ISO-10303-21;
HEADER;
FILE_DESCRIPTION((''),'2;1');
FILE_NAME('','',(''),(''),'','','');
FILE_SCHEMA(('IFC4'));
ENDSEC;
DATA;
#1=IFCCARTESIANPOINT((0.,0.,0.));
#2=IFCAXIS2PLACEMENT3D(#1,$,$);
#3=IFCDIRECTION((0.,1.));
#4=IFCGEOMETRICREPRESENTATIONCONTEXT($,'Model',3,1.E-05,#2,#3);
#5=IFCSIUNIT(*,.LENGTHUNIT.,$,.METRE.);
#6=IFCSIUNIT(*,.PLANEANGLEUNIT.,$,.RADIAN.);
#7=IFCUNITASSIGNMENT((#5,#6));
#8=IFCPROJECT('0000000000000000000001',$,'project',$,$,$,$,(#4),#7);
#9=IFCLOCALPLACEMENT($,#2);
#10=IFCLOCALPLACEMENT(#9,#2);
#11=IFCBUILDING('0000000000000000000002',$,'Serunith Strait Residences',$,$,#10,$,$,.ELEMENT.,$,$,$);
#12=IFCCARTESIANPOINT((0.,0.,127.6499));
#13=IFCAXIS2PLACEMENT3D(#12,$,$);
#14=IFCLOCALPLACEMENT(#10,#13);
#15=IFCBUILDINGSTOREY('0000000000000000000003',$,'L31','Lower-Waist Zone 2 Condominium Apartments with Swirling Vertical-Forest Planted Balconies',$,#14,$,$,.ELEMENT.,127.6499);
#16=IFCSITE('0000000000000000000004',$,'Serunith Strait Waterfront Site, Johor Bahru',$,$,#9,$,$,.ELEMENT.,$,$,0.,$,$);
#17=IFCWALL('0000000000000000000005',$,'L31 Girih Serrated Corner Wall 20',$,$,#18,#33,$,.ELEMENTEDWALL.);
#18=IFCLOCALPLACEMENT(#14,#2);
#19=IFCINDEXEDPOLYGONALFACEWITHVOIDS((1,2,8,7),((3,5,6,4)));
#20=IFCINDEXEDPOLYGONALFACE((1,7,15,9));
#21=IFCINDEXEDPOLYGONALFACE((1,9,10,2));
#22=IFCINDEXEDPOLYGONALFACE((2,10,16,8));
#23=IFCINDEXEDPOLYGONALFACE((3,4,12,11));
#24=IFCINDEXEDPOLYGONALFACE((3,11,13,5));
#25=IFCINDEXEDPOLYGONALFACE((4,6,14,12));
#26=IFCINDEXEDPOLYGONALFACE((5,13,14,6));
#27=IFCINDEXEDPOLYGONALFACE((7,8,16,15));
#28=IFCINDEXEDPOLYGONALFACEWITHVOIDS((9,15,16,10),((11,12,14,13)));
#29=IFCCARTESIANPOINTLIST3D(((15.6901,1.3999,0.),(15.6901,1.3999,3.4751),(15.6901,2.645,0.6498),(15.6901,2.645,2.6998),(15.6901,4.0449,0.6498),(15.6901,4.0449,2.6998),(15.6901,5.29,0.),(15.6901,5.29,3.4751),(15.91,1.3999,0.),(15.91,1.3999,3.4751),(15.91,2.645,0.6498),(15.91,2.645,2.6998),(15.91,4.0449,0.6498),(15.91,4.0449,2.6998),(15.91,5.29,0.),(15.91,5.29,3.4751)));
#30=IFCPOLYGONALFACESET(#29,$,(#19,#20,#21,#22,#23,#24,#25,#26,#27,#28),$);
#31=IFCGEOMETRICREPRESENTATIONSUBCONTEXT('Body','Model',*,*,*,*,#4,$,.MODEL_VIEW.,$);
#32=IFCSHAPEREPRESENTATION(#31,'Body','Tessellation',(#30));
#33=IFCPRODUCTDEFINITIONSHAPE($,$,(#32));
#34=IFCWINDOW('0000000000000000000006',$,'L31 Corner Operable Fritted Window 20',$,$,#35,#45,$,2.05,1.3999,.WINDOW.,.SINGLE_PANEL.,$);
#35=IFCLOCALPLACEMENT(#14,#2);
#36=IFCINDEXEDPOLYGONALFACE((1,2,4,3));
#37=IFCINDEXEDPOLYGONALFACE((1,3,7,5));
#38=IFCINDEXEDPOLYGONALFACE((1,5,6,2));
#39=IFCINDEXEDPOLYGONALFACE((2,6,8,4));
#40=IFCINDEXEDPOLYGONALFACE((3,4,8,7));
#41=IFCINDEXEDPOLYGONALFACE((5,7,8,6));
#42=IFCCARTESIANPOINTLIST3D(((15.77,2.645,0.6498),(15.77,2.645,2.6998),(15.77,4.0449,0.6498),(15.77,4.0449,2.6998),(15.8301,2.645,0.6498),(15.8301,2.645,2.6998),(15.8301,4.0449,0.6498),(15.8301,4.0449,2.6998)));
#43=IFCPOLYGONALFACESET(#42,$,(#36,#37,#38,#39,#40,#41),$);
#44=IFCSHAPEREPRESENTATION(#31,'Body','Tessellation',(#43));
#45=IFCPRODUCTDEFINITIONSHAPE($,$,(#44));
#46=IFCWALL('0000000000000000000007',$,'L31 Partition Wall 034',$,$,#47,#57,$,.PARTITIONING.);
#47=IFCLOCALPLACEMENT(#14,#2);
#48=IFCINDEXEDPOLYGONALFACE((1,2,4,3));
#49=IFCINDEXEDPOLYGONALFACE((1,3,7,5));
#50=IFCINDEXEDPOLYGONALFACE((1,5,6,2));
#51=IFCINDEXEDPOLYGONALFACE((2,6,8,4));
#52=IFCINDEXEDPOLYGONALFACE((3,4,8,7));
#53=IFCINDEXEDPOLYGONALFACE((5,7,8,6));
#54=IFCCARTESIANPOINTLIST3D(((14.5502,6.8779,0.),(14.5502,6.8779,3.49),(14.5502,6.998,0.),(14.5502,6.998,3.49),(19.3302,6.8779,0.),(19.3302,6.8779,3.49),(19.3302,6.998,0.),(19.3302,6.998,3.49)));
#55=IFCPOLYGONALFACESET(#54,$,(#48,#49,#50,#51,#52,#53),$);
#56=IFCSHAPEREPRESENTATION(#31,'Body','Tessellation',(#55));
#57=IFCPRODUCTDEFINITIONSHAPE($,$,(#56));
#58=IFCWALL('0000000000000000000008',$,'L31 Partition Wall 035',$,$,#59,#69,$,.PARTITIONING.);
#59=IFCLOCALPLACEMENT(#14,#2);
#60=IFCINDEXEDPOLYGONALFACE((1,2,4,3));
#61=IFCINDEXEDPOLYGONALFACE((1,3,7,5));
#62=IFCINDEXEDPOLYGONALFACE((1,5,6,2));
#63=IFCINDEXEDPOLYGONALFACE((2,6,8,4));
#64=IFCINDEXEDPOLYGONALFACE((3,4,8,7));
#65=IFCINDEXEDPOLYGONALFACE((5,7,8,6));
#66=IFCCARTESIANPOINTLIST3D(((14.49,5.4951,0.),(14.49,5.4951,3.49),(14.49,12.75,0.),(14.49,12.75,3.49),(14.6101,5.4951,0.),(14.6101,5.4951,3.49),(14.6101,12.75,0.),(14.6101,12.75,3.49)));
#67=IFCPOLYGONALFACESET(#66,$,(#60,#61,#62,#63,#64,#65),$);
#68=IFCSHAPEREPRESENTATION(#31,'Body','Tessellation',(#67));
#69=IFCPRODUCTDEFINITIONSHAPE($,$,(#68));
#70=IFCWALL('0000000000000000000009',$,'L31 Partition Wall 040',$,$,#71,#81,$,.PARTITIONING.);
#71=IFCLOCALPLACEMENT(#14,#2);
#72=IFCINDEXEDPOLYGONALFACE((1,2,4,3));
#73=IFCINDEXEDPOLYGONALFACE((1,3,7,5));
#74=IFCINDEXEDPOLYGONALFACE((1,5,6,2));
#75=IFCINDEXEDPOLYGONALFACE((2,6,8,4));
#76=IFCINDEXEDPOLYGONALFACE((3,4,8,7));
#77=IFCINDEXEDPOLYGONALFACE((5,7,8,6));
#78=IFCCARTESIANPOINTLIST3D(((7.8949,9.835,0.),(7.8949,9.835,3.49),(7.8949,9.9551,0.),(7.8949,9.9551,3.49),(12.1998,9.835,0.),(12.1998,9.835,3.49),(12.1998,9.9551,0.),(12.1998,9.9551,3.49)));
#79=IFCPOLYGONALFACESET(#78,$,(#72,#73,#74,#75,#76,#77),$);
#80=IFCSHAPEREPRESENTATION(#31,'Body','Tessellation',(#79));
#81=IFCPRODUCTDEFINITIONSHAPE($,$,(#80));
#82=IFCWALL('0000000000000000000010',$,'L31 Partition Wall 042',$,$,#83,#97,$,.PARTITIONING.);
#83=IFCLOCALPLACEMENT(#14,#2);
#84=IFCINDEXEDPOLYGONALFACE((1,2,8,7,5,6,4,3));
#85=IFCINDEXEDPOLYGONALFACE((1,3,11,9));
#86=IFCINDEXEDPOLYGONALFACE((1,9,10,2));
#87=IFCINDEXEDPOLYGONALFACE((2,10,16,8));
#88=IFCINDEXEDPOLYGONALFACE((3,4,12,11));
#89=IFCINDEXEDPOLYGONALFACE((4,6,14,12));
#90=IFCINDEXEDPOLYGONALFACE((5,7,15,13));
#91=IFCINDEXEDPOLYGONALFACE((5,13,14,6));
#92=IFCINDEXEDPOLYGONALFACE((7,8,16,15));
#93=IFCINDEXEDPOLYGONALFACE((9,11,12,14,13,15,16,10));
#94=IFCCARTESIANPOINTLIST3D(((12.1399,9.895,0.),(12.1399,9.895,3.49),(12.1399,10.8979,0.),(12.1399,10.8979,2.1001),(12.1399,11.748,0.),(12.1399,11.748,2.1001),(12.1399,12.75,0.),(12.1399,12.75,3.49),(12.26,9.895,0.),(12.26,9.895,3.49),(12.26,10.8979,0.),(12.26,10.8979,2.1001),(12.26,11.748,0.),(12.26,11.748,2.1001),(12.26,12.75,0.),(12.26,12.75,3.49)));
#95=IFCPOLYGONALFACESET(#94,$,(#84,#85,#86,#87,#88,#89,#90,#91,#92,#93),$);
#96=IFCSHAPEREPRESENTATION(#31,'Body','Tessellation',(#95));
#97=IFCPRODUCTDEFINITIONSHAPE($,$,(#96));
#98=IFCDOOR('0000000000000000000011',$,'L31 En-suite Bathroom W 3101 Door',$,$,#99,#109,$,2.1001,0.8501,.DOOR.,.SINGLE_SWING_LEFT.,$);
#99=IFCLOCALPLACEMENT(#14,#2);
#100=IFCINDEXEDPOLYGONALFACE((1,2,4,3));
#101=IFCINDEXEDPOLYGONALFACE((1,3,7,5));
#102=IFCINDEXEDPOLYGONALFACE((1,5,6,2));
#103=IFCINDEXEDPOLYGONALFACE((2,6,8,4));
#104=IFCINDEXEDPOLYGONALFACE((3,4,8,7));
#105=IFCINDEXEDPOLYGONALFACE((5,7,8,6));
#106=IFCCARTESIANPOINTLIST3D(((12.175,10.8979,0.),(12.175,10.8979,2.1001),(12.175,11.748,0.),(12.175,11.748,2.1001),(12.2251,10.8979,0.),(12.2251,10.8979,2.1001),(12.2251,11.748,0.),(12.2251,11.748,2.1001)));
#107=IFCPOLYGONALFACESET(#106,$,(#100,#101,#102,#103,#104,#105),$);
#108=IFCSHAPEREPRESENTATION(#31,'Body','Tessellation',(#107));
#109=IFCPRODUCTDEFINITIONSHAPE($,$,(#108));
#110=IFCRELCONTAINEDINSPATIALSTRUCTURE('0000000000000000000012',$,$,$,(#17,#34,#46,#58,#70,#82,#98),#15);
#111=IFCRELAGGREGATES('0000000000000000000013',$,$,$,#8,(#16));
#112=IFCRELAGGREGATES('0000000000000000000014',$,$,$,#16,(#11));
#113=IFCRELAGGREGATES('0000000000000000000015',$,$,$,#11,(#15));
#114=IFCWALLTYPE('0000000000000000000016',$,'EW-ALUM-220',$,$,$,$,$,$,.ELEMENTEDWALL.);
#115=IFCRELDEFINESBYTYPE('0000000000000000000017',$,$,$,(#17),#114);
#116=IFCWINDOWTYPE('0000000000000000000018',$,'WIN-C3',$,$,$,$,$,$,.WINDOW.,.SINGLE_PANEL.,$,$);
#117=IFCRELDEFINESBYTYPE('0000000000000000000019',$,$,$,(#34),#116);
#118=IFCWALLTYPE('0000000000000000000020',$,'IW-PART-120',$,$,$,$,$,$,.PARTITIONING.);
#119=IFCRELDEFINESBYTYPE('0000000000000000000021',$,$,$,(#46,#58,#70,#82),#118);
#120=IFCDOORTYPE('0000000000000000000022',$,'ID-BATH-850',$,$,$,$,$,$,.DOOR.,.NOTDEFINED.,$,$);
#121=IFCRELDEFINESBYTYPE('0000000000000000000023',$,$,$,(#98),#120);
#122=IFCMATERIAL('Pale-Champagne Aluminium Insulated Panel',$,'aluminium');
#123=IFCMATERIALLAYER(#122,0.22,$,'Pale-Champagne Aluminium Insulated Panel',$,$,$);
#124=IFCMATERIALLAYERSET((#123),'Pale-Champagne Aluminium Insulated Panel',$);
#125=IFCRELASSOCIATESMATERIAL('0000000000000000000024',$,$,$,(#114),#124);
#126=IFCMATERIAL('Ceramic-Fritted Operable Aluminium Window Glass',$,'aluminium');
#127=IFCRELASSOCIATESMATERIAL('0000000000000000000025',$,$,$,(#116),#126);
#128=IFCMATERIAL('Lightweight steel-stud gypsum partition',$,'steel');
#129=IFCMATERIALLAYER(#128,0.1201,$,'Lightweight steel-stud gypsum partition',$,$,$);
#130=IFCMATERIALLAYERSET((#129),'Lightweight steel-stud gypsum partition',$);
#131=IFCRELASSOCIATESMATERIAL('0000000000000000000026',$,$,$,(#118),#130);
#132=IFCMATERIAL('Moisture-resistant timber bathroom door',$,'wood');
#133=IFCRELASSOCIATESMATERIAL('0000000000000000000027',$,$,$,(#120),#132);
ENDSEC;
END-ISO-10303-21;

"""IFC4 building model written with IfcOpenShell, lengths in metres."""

from ifc_helpers import new_model, si_unit, direction, frame, frame_2d, origin, place, context, subcontext, project, spatial, rectangle, extrude, source, transform, mapped, material, layer, layer_set, type_object, element, fill, save


model = new_model("IFC4")

# Units and contexts
model_context = context("Model", 3, precision=1e-05, world=origin(), true_north=direction((0.0, 1.0)))
body_context = subcontext(model_context, "Body", "Model", "MODEL_VIEW")
ifc_project = project(units=[si_unit("LENGTHUNIT", "METRE"), si_unit("PLANEANGLEUNIT", "RADIAN")], contexts=[model_context])

# Site, building, storey
site_placement = place(None, origin())
site = spatial("IfcSite", under=ifc_project, at=site_placement, Name="Serunith Strait Waterfront Site, Johor Bahru", CompositionType="ELEMENT", RefElevation=0.0)
building_placement = place(site_placement, origin())
building = spatial("IfcBuilding", under=site, at=building_placement, Name="Serunith Strait Residences", CompositionType="ELEMENT")
storey_placement = place(building_placement, frame((0.0, 0.0, 127.6499)))
storey = spatial("IfcBuildingStorey", under=building, at=storey_placement, Name="L31", Description="Lower-Waist Zone 2 Condominium Apartments with Swirling Vertical-Forest Planted Balconies", CompositionType="ELEMENT", Elevation=127.6499)

# Wall, opening, window
ifc_material_1 = material(Name="Pale-Champagne Aluminium Insulated Panel", Category="aluminium")
ifc_layer_1 = layer(ifc_material_1, 0.22, Name="Pale-Champagne Aluminium Insulated Panel")
ifc_layer_set_1 = layer_set([ifc_layer_1], Name="Pale-Champagne Aluminium Insulated Panel")
wall_type_1 = type_object("IfcWallType", Name="EW-ALUM-220", PredefinedType="ELEMENTEDWALL", material=ifc_layer_set_1)
ifc_material_2 = material(Name="Ceramic-Fritted Operable Aluminium Window Glass", Category="aluminium")
window_type = type_object("IfcWindowType", Name="WIN-C3", PartitioningType="SINGLE_PANEL", PredefinedType="WINDOW", material=ifc_material_2)
shared_shape_1 = source(origin(), body_context, "Body", "SweptSolid", [
    extrude(rectangle(XDim=1.3999, YDim=2.05, at=frame_2d((0.7, 1.0249))), frame((0.0, 0.03, 0.0), z_axis=(0.0, -1.0, 0.0), x_axis=(1.0, 0.0, 0.0)), (0.0, 0.0, 1.0), 0.0601),
])
wall_1_placement = place(storey_placement, frame((15.8, 5.29, 0.0), z_axis=(0.0, 0.0, 1.0), x_axis=(0.0, -1.0, 0.0)))
wall_1 = element("IfcWall", 1, at=wall_1_placement, inside=storey, type_object=wall_type_1, Name="L31 Girih Serrated Corner Wall 20", PredefinedType="ELEMENTEDWALL", context=body_context, shape_type="SweptSolid", body=[
    extrude(rectangle(XDim=3.8901, YDim=0.22, at=frame_2d((1.9451, 0.0))), origin(), (0.0, 0.0, 1.0), 3.4751),
])
opening_1_placement = place(wall_1_placement, frame((1.2451, 0.0, 0.6499)))
opening_1 = element("IfcOpeningElement", 2, at=opening_1_placement, cuts=wall_1, PredefinedType="OPENING", context=body_context, shape_type="SweptSolid", body=[
    extrude(rectangle(XDim=1.3999, YDim=2.05, at=frame_2d((0.7, 1.0249))), frame((0.0, 0.1201, 0.0), z_axis=(0.0, -1.0, 0.0), x_axis=(1.0, 0.0, 0.0)), (0.0, 0.0, 1.0), 0.24),
])
window_1_placement = place(opening_1_placement, origin())
window_1 = element("IfcWindow", 3, at=window_1_placement, inside=storey, type_object=window_type, Name="L31 Corner Operable Fritted Window 20", OverallHeight=2.05, OverallWidth=1.3999, PartitioningType="SINGLE_PANEL", PredefinedType="WINDOW", context=body_context, shape_type="MappedRepresentation", body=[
    mapped(shared_shape_1, transform((0.0, 0.0, 0.0), scale=1.0)),
])
fill(opening_1, window_1)

# Walls
ifc_material_3 = material(Name="Lightweight steel-stud gypsum partition", Category="steel")
ifc_layer_2 = layer(ifc_material_3, 0.1201, Name="Lightweight steel-stud gypsum partition")
ifc_layer_set_2 = layer_set([ifc_layer_2], Name="Lightweight steel-stud gypsum partition")
wall_type_2 = type_object("IfcWallType", Name="IW-PART-120", PredefinedType="PARTITIONING", material=ifc_layer_set_2)
wall_2_placement = place(storey_placement, frame((14.55, 6.938, 0.0), z_axis=(0.0, 0.0, 1.0), x_axis=(1.0, 0.0, 0.0)))
element("IfcWall", 4, at=wall_2_placement, inside=storey, type_object=wall_type_2, Name="L31 Partition Wall 034", PredefinedType="PARTITIONING", context=body_context, shape_type="SweptSolid", body=[
    extrude(rectangle(XDim=4.78, YDim=0.1201, at=frame_2d((2.3901, 0.0))), origin(), (0.0, 0.0, 1.0), 3.49),
])
wall_3_placement = place(storey_placement, frame((14.55, 5.4951, 0.0), z_axis=(0.0, 0.0, 1.0), x_axis=(0.0, 1.0, 0.0)))
element("IfcWall", 5, at=wall_3_placement, inside=storey, type_object=wall_type_2, Name="L31 Partition Wall 035", PredefinedType="PARTITIONING", context=body_context, shape_type="SweptSolid", body=[
    extrude(rectangle(XDim=7.2549, YDim=0.1201, at=frame_2d((3.6274, 0.0))), origin(), (0.0, 0.0, 1.0), 3.49),
])
wall_4_placement = place(storey_placement, frame((7.895, 9.895, 0.0), z_axis=(0.0, 0.0, 1.0), x_axis=(1.0, 0.0, 0.0)))
element("IfcWall", 6, at=wall_4_placement, inside=storey, type_object=wall_type_2, Name="L31 Partition Wall 040", PredefinedType="PARTITIONING", context=body_context, shape_type="SweptSolid", body=[
    extrude(rectangle(XDim=4.3049, YDim=0.1201, at=frame_2d((2.1523, 0.0))), origin(), (0.0, 0.0, 1.0), 3.49),
])

# Wall, opening, door
wall_5_placement = place(storey_placement, frame((12.2, 9.895, 0.0), z_axis=(0.0, 0.0, 1.0), x_axis=(0.0, 1.0, 0.0)))
wall_5 = element("IfcWall", 7, at=wall_5_placement, inside=storey, type_object=wall_type_2, Name="L31 Partition Wall 042", PredefinedType="PARTITIONING", context=body_context, shape_type="SweptSolid", body=[
    extrude(rectangle(XDim=2.855, YDim=0.1201, at=frame_2d((1.4275, 0.0))), origin(), (0.0, 0.0, 1.0), 3.49),
])
opening_2_placement = place(wall_5_placement, frame((1.0029, 0.0, 0.0)))
opening_2 = element("IfcOpeningElement", 8, at=opening_2_placement, cuts=wall_5, PredefinedType="OPENING", context=body_context, shape_type="SweptSolid", body=[
    extrude(rectangle(XDim=0.8501, YDim=2.1001, at=frame_2d((0.425, 1.05))), frame((0.0, 0.0701, 0.0), z_axis=(0.0, -1.0, 0.0), x_axis=(1.0, 0.0, 0.0)), (0.0, 0.0, 1.0), 0.1401),
])
ifc_material_4 = material(Name="Moisture-resistant timber bathroom door", Category="wood")
door_type = type_object("IfcDoorType", Name="ID-BATH-850", OperationType="NOTDEFINED", PredefinedType="DOOR", material=ifc_material_4)
shared_shape_2 = source(origin(), body_context, "Body", "SweptSolid", [
    extrude(rectangle(XDim=0.8501, YDim=2.1001, at=frame_2d((0.425, 1.05))), frame((0.0, 0.0249, 0.0), z_axis=(0.0, -1.0, 0.0), x_axis=(1.0, 0.0, 0.0)), (0.0, 0.0, 1.0), 0.05),
])
door_placement = place(opening_2_placement, origin())
door = element("IfcDoor", 9, at=door_placement, inside=storey, type_object=door_type, Name="L31 En-suite Bathroom W 3101 Door", OperationType="SINGLE_SWING_LEFT", OverallHeight=2.1001, OverallWidth=0.8501, PredefinedType="DOOR", context=body_context, shape_type="MappedRepresentation", body=[
    mapped(shared_shape_2, transform((0.0, 0.0, 0.0), scale=1.0)),
])
fill(opening_2, door)

save(model, "model.ifc")
